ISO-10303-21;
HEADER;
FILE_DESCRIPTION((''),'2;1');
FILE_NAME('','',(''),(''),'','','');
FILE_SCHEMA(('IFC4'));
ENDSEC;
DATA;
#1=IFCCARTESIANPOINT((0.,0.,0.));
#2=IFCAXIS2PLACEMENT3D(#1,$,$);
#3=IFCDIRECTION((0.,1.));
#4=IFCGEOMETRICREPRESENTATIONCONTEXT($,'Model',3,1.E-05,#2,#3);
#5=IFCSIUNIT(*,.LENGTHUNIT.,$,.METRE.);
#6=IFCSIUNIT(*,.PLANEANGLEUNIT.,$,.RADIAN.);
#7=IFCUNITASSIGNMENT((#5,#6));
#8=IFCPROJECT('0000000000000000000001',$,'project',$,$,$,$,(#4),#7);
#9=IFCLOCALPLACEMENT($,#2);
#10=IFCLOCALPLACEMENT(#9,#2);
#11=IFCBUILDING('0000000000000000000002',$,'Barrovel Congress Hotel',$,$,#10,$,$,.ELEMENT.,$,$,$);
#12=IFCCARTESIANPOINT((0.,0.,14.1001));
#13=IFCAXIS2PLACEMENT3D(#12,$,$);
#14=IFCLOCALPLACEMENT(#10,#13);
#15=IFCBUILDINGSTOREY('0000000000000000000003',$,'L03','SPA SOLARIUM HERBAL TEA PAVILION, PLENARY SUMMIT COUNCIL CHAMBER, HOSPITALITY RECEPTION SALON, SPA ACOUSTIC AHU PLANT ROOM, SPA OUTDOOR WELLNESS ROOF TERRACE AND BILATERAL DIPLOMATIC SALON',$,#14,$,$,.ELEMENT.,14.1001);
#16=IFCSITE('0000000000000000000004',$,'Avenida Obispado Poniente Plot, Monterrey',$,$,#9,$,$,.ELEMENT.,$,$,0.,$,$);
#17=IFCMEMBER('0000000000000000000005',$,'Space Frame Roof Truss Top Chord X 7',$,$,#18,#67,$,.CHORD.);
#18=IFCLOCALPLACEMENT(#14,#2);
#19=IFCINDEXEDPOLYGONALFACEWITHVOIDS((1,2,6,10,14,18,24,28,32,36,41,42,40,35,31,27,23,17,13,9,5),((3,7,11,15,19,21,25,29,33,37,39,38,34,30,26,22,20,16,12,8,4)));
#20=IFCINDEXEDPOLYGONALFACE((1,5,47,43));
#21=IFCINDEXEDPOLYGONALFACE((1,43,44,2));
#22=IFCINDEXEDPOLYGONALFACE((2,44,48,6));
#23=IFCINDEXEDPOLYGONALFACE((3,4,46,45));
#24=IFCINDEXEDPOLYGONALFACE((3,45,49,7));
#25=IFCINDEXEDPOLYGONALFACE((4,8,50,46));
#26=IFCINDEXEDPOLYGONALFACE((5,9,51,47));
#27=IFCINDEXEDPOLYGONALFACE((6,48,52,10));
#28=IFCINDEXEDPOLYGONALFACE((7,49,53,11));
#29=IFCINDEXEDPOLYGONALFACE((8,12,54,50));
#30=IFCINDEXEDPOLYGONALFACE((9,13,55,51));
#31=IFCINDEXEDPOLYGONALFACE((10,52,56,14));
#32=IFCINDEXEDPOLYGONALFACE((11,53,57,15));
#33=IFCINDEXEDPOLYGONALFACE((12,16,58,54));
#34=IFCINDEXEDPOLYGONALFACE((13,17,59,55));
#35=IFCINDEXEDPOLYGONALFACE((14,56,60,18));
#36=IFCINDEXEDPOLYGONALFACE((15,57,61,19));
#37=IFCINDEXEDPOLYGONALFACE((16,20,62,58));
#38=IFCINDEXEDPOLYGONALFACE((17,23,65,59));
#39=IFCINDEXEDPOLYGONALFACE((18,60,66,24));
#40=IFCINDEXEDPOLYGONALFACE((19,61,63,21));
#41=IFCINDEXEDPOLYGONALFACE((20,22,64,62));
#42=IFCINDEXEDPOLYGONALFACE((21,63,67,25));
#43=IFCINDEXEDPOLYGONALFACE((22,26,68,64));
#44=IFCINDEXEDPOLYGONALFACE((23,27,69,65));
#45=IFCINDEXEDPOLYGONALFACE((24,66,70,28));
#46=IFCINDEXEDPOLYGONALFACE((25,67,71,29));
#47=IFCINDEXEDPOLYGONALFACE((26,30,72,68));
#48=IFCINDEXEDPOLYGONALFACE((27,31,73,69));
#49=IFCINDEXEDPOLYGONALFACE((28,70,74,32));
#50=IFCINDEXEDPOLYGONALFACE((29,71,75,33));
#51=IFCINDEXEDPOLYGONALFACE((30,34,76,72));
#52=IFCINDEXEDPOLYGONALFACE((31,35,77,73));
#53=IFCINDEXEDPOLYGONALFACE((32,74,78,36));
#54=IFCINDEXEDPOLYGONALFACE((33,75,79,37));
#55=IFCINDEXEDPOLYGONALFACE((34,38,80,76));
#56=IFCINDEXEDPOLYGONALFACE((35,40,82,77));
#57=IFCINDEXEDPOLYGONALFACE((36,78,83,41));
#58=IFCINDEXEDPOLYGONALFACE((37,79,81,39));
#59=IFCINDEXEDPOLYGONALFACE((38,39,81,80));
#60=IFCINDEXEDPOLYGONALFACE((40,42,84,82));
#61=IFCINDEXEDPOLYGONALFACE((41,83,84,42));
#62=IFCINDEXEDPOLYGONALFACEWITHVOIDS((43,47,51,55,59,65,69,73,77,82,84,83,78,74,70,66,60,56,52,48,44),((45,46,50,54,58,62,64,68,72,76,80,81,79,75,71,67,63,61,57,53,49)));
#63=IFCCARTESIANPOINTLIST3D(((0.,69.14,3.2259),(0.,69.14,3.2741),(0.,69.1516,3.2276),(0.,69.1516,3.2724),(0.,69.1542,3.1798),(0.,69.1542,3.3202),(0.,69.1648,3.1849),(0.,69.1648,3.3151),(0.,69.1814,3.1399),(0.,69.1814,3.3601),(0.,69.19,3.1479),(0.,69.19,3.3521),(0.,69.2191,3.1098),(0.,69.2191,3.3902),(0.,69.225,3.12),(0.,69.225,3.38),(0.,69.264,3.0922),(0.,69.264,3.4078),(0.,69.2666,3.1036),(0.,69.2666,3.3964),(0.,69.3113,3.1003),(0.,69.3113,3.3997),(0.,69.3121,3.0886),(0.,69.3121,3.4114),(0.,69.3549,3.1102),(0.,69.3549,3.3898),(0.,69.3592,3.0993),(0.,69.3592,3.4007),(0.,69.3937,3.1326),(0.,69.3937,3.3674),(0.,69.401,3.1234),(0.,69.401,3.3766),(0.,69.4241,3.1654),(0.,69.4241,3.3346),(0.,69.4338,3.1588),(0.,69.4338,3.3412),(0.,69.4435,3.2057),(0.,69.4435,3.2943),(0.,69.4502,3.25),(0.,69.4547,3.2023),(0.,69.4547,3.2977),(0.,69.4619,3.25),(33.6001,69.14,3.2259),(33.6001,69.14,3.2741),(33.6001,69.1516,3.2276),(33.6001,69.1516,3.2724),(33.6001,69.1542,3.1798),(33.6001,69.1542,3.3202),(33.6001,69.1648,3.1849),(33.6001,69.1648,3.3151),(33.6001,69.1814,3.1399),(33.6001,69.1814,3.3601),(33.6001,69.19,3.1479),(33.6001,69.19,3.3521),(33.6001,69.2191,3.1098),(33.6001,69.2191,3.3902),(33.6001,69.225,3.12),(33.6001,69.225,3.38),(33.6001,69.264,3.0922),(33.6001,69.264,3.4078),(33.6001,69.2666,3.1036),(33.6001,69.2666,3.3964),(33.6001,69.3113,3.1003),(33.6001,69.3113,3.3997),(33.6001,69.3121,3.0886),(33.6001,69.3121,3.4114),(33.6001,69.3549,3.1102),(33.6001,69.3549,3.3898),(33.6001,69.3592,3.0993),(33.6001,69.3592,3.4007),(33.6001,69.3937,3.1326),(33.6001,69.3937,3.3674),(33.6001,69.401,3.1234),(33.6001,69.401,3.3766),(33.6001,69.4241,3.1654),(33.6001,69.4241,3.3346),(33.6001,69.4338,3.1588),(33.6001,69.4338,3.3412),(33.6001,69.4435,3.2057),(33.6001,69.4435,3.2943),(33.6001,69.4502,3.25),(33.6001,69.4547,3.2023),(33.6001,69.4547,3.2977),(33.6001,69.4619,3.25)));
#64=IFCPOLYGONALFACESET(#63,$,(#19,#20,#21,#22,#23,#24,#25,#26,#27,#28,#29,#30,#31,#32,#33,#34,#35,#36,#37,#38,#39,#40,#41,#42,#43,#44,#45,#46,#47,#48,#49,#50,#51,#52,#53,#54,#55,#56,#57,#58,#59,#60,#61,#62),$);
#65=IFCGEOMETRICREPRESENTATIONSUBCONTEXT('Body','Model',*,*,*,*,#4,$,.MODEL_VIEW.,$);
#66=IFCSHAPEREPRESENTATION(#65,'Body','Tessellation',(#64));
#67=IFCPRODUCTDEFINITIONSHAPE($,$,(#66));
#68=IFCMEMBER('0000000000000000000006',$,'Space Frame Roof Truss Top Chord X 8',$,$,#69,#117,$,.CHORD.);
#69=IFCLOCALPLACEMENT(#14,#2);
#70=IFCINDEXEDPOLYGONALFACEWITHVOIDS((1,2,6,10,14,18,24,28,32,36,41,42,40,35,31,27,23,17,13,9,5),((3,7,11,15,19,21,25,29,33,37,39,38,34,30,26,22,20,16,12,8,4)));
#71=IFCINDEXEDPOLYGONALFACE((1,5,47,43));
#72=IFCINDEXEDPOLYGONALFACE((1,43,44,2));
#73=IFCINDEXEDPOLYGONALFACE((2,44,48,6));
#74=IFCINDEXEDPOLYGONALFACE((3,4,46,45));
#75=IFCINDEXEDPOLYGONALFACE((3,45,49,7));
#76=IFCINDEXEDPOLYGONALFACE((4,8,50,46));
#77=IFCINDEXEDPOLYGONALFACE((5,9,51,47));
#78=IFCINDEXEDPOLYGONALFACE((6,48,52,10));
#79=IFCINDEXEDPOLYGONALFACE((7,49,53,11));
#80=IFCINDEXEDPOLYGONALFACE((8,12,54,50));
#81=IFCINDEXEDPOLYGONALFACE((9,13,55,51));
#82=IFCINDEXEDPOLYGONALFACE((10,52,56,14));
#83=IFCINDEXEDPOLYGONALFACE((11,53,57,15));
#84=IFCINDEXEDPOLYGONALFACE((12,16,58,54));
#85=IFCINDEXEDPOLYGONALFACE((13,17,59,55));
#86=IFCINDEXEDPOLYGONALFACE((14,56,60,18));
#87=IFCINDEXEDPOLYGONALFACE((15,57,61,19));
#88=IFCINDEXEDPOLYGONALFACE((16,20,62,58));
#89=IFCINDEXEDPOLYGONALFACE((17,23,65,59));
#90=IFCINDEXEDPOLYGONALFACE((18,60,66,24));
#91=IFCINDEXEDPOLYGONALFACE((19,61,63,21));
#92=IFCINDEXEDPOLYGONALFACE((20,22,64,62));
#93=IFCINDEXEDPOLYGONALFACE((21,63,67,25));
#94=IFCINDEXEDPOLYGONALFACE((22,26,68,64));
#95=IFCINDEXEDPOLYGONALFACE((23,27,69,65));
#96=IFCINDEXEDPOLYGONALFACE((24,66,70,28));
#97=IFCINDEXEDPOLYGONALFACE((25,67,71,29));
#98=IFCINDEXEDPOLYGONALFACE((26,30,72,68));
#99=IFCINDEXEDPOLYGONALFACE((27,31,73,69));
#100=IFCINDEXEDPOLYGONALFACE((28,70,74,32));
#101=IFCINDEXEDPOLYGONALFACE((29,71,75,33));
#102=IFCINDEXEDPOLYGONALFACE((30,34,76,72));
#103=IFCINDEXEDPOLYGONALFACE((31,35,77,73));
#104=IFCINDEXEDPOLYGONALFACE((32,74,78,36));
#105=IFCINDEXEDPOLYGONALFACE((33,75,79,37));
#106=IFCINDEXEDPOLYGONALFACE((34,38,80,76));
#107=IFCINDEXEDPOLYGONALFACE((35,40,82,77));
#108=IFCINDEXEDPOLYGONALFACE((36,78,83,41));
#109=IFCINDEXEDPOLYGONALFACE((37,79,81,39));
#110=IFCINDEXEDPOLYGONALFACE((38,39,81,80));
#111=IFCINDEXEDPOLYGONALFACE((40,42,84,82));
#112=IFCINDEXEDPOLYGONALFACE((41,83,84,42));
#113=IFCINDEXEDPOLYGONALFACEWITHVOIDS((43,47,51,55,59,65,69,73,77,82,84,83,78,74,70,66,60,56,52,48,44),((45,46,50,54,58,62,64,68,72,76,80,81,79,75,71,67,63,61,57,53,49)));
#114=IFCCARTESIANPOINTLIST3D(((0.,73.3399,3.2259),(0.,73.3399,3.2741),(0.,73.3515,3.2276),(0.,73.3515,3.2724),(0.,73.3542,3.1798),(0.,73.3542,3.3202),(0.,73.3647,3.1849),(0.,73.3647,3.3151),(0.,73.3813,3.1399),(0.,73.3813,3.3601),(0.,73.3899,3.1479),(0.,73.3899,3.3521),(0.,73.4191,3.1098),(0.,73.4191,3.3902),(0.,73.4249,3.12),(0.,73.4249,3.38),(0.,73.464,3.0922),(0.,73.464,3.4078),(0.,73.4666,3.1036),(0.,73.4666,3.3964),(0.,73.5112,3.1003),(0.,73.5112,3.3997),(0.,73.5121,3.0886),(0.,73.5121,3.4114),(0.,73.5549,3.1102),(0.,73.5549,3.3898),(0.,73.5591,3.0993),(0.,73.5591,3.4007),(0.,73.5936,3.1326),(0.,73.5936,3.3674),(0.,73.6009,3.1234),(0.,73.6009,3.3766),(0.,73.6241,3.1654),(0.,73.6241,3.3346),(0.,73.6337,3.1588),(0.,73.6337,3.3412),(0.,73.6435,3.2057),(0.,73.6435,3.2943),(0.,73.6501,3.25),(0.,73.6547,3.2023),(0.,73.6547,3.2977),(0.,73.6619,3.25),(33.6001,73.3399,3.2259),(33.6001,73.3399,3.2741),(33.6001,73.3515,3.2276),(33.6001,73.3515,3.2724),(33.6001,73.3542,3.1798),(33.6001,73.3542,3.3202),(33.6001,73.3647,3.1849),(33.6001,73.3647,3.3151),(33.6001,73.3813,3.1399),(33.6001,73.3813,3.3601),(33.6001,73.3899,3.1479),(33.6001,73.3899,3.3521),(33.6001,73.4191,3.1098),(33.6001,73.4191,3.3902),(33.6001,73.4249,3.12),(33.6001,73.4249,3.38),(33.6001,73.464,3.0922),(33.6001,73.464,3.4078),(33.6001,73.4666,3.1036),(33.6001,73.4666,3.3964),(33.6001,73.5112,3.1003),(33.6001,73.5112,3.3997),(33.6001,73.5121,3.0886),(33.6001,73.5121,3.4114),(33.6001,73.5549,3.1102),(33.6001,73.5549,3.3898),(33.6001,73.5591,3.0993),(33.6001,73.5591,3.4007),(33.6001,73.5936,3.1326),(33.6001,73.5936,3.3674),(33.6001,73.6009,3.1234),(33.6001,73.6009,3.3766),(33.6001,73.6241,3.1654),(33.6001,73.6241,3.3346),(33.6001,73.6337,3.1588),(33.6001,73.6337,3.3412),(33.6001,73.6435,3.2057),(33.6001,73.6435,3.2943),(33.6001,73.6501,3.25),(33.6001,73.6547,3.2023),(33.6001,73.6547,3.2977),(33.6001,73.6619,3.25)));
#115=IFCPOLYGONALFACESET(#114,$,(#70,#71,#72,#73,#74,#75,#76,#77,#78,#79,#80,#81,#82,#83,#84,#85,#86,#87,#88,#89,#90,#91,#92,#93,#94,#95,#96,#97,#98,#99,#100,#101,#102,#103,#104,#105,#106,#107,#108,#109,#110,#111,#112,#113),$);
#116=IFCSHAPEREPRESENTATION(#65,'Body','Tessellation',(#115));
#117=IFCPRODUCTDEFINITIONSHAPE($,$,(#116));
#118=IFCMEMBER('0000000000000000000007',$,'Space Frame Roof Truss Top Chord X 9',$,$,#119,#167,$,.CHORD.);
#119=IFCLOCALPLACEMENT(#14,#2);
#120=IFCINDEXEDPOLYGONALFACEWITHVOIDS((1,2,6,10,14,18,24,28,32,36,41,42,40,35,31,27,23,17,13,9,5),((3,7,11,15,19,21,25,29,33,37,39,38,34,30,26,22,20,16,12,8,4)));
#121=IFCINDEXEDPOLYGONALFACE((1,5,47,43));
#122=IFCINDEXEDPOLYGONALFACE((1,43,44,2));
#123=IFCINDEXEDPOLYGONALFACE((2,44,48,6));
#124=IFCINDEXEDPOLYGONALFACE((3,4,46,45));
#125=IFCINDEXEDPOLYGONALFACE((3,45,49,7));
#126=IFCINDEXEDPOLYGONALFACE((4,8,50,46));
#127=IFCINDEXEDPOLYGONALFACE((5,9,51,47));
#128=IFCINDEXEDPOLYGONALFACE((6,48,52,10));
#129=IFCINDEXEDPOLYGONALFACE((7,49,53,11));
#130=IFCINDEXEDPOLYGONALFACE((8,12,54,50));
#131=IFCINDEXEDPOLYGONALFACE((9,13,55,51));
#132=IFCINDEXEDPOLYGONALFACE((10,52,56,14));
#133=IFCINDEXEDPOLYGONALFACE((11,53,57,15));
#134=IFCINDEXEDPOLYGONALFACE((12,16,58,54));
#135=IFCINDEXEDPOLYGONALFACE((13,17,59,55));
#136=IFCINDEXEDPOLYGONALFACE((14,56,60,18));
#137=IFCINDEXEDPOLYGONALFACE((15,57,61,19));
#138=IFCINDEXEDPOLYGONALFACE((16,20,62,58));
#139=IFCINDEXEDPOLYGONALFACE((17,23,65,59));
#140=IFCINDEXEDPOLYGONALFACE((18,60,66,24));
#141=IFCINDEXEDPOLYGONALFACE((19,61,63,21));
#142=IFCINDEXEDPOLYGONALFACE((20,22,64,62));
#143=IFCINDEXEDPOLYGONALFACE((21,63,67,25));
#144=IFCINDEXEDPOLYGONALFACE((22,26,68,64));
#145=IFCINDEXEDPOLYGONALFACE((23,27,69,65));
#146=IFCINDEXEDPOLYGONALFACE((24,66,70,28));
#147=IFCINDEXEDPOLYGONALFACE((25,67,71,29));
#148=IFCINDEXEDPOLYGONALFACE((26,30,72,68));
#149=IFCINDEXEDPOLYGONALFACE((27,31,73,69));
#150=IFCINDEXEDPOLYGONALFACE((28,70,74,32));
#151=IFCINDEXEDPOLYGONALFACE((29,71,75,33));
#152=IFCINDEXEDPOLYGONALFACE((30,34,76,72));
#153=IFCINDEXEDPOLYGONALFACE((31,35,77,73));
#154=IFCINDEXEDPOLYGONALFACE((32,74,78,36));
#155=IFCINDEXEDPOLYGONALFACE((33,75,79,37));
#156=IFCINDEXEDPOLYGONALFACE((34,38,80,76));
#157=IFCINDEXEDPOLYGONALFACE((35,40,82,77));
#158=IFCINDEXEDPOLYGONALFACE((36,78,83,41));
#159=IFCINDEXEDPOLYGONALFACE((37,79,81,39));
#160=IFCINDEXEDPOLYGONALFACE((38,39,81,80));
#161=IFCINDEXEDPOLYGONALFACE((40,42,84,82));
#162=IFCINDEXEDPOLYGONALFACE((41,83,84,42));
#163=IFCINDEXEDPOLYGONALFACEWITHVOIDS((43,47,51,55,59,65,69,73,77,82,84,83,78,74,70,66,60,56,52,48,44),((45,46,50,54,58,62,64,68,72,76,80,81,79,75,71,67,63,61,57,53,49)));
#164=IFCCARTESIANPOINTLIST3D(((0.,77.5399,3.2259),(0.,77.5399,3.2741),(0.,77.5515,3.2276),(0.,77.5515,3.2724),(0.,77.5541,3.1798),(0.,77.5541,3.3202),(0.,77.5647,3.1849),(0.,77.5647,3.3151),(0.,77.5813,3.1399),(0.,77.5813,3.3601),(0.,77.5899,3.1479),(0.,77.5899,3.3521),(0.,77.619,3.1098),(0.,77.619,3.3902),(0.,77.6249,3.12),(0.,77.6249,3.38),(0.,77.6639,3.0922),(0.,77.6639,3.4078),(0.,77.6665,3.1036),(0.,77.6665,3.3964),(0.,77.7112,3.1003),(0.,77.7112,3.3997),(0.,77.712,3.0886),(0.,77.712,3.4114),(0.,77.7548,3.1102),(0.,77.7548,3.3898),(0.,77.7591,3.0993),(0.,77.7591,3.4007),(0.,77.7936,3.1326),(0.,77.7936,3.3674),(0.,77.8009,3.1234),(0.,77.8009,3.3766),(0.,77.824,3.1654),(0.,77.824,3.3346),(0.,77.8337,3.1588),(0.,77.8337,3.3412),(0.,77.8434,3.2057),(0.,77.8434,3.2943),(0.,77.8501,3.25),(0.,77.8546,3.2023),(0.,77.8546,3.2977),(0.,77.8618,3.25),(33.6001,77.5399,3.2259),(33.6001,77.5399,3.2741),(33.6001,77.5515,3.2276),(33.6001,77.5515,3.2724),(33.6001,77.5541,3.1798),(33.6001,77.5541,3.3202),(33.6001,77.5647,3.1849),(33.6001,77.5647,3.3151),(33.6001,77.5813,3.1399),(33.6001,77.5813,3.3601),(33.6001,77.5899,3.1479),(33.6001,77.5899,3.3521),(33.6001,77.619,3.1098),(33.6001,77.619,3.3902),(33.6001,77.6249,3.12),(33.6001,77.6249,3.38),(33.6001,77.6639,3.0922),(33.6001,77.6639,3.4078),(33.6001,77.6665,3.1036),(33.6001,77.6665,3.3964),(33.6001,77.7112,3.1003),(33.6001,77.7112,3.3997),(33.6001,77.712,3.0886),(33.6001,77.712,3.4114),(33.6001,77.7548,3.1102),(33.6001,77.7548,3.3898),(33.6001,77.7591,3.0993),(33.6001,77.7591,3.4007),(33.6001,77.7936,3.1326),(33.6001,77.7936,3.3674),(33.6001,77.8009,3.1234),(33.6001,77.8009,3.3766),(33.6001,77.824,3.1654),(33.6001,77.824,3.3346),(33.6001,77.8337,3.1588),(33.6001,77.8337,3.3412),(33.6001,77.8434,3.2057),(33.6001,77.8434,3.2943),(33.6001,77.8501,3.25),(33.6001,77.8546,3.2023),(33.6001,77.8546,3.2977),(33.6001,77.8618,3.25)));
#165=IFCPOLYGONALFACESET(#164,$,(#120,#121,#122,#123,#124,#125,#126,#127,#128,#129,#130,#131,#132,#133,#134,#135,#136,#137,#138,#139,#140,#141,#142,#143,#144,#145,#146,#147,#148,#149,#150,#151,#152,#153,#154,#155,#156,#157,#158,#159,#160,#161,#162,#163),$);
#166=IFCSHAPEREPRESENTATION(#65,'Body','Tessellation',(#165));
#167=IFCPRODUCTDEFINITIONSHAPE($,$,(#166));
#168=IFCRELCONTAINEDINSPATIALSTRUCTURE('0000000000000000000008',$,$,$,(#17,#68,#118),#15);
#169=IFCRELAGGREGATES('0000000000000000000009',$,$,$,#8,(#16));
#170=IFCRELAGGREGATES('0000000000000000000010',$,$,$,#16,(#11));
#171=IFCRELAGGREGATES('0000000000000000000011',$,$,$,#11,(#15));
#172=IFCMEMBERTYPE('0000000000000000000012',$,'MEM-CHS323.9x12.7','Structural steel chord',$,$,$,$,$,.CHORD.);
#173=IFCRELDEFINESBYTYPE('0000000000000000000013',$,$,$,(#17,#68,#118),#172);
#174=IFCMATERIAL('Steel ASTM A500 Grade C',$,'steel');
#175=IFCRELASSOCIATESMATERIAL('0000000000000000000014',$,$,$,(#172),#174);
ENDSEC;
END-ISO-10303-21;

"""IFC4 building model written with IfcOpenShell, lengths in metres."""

from ifc_helpers import new_model, si_unit, direction, frame, origin, origin_2d, place, context, subcontext, project, spatial, hollow_circle, extrude, material, material_profile, profile_set, type_object, element, save


model = new_model("IFC4")

# Units and contexts
model_context = context("Model", 3, precision=1e-05, world=origin(), true_north=direction((0.0, 1.0)))
body_context = subcontext(model_context, "Body", "Model", "MODEL_VIEW")
ifc_project = project(units=[si_unit("LENGTHUNIT", "METRE"), si_unit("PLANEANGLEUNIT", "RADIAN")], contexts=[model_context])

# Site, building, storey
site_placement = place(None, origin())
site = spatial("IfcSite", under=ifc_project, at=site_placement, Name="Avenida Obispado Poniente Plot, Monterrey", CompositionType="ELEMENT", RefElevation=0.0)
building_placement = place(site_placement, origin())
building = spatial("IfcBuilding", under=site, at=building_placement, Name="Barrovel Congress Hotel", CompositionType="ELEMENT")
storey_placement = place(building_placement, frame((0.0, 0.0, 14.1001)))
storey = spatial("IfcBuildingStorey", under=building, at=storey_placement, Name="L03", Description="SPA SOLARIUM HERBAL TEA PAVILION, PLENARY SUMMIT COUNCIL CHAMBER, HOSPITALITY RECEPTION SALON, SPA ACOUSTIC AHU PLANT ROOM, SPA OUTDOOR WELLNESS ROOF TERRACE AND BILATERAL DIPLOMATIC SALON", CompositionType="ELEMENT", Elevation=14.1001)

# Members
ifc_material_1 = material(Name="Steel ASTM A500 Grade C", Category="steel")
ifc_material_profile_1 = material_profile(ifc_material_1, hollow_circle(Radius=0.1619, WallThickness=0.0117, at=origin_2d()), Name="CHS323.9x12.7")
ifc_profile_set_1 = profile_set([ifc_material_profile_1], Name="Steel ASTM A500 Grade C")
member_type_1 = type_object("IfcMemberType", Name="MEM-CHS323.9x12.7", Description="Structural steel chord", PredefinedType="CHORD", material=ifc_profile_set_1)
for number, where, z_axis, x_axis, name in (
    (1, (0.0, 69.3, 3.25), (1.0, 0.0, 0.0), (0.0, 1.0, 0.0), "Space Frame Roof Truss Top Chord X 7"),
    (2, (0.0, 73.5, 3.25), (1.0, 0.0, 0.0), (0.0, 1.0, 0.0), "Space Frame Roof Truss Top Chord X 8"),
    (3, (0.0, 77.7, 3.25), (1.0, 0.0, 0.0), (0.0, 1.0, 0.0), "Space Frame Roof Truss Top Chord X 9"),
):
    element("IfcMember", number, at=place(storey_placement, frame(where, z_axis=z_axis, x_axis=x_axis)), inside=storey, type_object=member_type_1, Name=name, PredefinedType="CHORD", context=body_context, shape_type="SweptSolid", body=[
        extrude(hollow_circle(Radius=0.1619, WallThickness=0.0117, at=origin_2d()), origin(), (0.0, 0.0, 1.0), 33.6001),
    ])

save(model, "model.ifc")
